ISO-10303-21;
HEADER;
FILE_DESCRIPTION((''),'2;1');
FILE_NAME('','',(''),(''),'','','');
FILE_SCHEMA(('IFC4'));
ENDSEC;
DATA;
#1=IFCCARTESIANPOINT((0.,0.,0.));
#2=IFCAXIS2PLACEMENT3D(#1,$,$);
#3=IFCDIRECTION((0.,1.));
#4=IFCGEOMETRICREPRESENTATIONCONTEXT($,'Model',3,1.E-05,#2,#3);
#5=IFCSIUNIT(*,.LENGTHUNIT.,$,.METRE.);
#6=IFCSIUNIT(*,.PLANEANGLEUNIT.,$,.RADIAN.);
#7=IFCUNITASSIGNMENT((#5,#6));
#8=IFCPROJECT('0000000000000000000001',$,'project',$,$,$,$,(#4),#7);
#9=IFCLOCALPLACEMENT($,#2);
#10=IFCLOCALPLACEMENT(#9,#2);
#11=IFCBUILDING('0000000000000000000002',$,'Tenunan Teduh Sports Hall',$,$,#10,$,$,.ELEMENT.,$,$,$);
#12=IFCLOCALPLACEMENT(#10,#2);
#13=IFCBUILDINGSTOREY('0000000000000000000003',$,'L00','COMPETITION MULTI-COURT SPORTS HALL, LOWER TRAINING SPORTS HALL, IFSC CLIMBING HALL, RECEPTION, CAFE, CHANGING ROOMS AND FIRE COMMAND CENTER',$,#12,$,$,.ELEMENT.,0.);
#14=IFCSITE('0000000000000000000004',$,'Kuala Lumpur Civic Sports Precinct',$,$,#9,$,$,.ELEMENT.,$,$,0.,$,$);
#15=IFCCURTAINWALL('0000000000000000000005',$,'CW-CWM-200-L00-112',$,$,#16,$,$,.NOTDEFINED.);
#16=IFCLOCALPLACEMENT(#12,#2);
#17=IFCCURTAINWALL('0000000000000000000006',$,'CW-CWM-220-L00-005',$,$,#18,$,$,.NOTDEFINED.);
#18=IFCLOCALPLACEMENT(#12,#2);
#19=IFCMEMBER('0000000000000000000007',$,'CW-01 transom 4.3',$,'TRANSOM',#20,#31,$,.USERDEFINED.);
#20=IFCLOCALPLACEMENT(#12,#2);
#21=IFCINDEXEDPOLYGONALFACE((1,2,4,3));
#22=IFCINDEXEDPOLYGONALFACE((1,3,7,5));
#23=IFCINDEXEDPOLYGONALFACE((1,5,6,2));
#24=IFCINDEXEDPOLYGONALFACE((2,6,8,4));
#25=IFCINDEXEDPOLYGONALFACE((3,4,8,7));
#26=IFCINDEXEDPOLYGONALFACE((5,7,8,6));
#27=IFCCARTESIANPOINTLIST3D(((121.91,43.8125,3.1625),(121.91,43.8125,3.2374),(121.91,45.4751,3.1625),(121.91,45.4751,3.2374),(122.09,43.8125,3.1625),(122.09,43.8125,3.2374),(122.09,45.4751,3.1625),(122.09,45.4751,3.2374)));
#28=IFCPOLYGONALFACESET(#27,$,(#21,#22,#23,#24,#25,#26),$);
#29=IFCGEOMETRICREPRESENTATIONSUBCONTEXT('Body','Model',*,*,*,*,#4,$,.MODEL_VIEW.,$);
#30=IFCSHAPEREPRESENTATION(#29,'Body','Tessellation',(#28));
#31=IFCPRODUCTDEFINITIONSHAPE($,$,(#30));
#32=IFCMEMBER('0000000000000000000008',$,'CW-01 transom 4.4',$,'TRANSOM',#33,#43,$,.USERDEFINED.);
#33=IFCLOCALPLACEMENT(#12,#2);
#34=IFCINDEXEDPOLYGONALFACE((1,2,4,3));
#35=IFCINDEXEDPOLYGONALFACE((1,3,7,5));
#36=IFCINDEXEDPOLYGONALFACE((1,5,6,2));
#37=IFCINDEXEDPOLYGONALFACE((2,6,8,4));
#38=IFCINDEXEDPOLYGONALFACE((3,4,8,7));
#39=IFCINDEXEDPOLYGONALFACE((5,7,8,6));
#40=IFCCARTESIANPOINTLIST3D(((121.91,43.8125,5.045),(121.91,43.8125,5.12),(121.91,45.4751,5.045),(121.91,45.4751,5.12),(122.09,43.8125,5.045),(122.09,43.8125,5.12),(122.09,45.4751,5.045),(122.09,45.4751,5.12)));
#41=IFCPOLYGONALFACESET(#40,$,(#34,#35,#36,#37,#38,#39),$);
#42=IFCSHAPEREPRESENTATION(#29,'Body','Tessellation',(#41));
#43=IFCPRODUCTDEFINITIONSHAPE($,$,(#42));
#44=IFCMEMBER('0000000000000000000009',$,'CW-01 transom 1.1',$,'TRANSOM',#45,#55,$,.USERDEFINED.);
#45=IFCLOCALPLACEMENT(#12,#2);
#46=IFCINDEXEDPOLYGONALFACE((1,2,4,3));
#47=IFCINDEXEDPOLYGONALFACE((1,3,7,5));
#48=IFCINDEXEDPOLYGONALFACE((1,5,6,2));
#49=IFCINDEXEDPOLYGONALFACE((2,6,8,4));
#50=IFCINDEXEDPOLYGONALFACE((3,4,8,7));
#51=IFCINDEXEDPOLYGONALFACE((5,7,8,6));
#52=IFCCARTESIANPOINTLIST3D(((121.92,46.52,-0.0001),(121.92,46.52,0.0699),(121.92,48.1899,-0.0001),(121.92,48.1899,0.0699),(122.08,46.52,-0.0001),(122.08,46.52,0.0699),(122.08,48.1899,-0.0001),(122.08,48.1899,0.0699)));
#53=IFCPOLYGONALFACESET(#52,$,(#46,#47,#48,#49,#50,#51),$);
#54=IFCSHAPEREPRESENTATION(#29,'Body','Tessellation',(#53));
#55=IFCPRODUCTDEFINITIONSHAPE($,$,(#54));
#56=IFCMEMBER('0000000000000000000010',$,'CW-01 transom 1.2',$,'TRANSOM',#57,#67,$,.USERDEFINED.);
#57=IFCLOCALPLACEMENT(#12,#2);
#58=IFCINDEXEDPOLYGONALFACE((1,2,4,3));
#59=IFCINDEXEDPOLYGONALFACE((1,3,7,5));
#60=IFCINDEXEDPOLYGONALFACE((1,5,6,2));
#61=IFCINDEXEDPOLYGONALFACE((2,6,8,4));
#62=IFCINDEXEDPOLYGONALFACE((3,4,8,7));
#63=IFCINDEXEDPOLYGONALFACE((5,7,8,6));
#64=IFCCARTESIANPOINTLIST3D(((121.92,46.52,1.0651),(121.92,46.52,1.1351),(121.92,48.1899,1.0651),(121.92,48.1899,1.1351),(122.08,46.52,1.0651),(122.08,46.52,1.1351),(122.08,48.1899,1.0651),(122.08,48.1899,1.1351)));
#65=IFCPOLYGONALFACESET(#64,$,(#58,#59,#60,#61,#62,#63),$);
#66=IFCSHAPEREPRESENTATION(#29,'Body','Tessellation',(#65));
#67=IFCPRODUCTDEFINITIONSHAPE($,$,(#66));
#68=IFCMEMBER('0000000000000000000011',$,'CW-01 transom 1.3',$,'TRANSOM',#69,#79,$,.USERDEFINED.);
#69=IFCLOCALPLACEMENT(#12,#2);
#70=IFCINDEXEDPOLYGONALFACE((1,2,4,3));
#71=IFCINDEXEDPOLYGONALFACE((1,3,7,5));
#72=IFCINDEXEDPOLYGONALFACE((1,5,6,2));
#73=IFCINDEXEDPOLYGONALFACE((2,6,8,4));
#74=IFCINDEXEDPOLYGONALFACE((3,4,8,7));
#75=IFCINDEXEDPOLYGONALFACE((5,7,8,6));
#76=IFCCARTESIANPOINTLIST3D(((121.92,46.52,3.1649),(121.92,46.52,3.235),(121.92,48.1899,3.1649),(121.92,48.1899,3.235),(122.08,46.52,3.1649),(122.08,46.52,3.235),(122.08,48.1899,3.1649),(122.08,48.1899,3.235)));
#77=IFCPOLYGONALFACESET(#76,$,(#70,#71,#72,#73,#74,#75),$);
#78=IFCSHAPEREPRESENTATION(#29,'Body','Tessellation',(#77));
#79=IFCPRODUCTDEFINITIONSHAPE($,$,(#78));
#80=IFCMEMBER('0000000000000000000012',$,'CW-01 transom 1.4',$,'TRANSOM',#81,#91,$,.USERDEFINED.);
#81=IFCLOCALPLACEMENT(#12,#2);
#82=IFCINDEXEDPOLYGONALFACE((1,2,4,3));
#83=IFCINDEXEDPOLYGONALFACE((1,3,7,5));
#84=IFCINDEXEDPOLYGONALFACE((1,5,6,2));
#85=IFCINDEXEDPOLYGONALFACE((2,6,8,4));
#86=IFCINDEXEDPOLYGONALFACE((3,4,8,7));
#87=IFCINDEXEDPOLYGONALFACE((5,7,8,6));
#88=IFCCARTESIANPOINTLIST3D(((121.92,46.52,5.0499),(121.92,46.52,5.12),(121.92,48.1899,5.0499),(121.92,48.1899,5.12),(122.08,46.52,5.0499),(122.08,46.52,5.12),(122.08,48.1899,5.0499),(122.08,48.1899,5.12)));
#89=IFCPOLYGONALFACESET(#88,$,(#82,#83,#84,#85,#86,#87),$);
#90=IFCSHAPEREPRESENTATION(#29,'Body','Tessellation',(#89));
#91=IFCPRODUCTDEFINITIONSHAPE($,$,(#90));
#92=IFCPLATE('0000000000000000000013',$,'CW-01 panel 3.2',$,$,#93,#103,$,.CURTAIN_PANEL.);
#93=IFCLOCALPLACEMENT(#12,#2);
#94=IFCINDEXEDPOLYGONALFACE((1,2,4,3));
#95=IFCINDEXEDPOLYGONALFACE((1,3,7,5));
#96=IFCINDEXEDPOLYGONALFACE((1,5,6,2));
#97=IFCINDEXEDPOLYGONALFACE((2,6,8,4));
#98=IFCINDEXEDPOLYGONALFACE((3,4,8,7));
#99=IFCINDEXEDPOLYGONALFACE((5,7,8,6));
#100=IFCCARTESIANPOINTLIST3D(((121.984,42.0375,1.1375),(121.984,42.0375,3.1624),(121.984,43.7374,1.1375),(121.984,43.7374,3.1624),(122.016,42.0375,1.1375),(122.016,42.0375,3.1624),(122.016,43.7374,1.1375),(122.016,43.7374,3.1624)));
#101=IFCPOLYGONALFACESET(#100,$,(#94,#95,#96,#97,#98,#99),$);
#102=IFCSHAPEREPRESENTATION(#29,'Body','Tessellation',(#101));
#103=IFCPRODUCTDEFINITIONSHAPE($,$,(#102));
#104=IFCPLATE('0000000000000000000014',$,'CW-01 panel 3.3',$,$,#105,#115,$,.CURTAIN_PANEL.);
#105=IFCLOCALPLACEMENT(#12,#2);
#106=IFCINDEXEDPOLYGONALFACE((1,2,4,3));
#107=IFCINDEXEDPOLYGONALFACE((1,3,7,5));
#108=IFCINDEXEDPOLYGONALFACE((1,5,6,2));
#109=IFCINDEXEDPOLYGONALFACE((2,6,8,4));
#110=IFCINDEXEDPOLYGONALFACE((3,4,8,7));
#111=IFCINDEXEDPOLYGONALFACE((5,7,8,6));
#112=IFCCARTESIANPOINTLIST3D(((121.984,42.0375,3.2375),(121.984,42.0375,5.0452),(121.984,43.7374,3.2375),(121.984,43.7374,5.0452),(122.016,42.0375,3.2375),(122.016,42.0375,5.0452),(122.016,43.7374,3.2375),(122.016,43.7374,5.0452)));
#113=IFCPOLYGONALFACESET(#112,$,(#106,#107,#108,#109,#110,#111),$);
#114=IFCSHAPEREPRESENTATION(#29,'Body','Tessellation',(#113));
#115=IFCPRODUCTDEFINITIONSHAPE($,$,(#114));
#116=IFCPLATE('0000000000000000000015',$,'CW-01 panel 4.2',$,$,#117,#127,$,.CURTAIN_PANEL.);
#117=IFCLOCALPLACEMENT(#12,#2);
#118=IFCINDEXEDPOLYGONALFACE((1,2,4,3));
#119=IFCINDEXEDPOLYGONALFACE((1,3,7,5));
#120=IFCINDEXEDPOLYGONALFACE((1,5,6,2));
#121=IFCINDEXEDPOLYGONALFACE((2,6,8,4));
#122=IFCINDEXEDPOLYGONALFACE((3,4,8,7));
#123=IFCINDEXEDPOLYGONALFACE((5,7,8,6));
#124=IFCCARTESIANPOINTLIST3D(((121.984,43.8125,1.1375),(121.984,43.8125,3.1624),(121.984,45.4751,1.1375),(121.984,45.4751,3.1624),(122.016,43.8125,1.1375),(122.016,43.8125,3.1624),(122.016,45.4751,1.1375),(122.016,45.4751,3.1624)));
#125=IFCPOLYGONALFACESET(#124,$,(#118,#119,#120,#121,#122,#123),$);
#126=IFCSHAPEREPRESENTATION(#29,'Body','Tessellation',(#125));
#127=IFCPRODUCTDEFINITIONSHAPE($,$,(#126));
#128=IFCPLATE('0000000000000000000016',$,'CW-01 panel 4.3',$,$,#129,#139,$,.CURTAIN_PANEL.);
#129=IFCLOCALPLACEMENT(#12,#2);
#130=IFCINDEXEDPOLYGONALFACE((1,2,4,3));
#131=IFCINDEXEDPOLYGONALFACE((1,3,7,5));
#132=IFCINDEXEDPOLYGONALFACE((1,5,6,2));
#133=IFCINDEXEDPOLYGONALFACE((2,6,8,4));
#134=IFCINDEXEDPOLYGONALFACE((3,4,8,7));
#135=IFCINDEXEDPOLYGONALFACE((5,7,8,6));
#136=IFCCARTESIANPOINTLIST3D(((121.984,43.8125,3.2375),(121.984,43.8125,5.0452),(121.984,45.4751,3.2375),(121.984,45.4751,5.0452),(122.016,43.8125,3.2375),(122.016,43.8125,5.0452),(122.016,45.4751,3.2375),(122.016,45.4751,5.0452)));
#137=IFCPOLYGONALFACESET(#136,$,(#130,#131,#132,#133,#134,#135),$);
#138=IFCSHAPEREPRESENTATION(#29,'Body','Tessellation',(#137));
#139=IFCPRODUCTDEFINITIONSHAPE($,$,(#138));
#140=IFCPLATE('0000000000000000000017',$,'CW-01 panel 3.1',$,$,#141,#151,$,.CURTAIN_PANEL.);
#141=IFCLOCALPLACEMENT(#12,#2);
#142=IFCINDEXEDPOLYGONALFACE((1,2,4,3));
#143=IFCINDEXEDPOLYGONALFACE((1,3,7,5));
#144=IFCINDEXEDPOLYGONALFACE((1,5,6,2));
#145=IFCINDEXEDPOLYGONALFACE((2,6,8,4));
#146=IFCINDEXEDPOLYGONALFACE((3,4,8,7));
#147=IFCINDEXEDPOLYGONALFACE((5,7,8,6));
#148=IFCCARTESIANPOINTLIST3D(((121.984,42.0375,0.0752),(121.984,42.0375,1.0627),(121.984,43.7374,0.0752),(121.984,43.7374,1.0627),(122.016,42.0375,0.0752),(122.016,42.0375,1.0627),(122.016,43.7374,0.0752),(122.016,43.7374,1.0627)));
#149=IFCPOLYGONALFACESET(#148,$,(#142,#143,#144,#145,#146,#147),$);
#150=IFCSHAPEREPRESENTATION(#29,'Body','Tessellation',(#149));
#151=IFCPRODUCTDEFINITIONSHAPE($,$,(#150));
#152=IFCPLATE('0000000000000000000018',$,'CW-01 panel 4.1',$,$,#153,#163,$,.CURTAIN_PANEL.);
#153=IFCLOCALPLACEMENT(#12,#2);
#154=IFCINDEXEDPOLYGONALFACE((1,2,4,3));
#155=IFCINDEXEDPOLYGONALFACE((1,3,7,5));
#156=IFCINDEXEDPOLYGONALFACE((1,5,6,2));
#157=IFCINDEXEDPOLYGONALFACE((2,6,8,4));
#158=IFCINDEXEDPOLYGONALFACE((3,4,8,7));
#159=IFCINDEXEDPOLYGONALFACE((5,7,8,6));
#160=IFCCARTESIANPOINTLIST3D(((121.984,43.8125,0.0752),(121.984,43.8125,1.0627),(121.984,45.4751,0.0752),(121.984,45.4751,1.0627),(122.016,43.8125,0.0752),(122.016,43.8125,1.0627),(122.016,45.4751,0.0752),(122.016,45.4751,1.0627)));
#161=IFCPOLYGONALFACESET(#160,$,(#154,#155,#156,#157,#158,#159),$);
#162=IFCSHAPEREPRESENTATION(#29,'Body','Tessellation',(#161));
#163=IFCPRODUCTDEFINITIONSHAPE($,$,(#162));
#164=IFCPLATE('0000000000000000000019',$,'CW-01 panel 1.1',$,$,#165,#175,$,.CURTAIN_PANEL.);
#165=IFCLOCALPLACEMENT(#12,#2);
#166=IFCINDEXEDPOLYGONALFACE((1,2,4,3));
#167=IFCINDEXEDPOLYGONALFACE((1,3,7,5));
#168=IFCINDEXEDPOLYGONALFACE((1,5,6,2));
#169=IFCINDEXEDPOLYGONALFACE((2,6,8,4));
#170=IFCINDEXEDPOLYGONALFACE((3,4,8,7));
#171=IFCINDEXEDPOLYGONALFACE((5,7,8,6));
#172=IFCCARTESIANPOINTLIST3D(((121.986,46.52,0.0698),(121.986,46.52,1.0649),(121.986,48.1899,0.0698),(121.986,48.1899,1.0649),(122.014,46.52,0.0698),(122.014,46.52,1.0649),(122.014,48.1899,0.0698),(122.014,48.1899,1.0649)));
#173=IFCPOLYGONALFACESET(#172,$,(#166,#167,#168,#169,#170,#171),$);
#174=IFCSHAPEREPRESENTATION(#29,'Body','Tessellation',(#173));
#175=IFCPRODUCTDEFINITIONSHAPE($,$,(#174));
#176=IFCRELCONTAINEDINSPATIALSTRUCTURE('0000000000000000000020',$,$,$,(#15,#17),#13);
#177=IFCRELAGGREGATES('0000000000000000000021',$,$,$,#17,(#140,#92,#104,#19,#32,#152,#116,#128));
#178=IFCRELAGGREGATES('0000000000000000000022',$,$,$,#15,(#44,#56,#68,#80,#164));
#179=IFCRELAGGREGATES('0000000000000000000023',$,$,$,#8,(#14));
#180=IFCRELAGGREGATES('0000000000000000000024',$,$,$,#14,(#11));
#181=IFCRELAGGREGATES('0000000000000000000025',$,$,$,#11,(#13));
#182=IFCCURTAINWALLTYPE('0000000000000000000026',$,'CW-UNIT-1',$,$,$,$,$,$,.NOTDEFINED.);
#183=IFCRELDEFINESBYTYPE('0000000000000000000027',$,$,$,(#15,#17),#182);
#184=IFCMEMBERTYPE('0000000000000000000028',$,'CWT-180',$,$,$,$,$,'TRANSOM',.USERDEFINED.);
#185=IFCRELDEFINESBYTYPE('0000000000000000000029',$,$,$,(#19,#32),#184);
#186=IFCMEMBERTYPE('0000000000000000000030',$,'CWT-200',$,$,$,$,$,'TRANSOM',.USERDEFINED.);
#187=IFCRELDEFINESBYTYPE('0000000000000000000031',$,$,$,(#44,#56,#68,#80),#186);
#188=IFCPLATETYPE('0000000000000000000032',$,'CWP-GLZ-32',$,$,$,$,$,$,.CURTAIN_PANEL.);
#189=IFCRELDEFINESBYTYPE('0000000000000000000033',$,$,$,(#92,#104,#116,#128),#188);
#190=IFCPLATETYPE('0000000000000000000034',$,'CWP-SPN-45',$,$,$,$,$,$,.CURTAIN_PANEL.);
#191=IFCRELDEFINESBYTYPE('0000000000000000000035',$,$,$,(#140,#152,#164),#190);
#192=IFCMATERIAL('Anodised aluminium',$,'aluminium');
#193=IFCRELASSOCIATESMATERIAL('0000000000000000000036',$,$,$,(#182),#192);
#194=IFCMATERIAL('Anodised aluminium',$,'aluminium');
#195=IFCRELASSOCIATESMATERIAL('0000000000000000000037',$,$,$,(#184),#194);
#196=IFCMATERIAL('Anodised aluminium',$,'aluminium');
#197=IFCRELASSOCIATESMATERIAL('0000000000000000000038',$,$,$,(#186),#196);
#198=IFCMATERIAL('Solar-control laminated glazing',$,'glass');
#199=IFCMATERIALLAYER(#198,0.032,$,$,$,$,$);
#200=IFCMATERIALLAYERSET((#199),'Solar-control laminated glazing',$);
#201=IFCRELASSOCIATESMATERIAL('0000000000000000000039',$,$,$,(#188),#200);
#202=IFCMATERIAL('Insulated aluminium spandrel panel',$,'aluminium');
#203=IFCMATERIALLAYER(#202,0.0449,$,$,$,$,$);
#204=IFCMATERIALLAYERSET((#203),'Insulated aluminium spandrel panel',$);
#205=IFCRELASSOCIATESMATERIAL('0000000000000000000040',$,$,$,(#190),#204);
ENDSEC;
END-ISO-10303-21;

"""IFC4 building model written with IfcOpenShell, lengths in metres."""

from ifc_helpers import new_model, si_unit, direction, frame, origin, origin_2d, place, context, subcontext, project, spatial, rectangle, extrude, material, layer, layer_set, material_profile, profile_set, type_object, element, aggregate, save


model = new_model("IFC4")

# Units and contexts
model_context = context("Model", 3, precision=1e-05, world=origin(), true_north=direction((0.0, 1.0)))
body_context = subcontext(model_context, "Body", "Model", "MODEL_VIEW")
ifc_project = project(units=[si_unit("LENGTHUNIT", "METRE"), si_unit("PLANEANGLEUNIT", "RADIAN")], contexts=[model_context])

# Site, building, storey
site_placement = place(None, origin())
site = spatial("IfcSite", under=ifc_project, at=site_placement, Name="Kuala Lumpur Civic Sports Precinct", CompositionType="ELEMENT", RefElevation=0.0)
building_placement = place(site_placement, origin())
building = spatial("IfcBuilding", under=site, at=building_placement, Name="Tenunan Teduh Sports Hall", CompositionType="ELEMENT")
storey_placement = place(building_placement, origin())
storey = spatial("IfcBuildingStorey", under=building, at=storey_placement, Name="L00", Description="COMPETITION MULTI-COURT SPORTS HALL, LOWER TRAINING SPORTS HALL, IFSC CLIMBING HALL, RECEPTION, CAFE, CHANGING ROOMS AND FIRE COMMAND CENTER", CompositionType="ELEMENT", Elevation=0.0)

# Curtain wall
ifc_material_1 = material(Name="Anodised aluminium", Category="aluminium")
curtain_wall_type = type_object("IfcCurtainWallType", Name="CW-UNIT-1", PredefinedType="NOTDEFINED", material=ifc_material_1)
curtain_wall_1_placement = place(storey_placement, origin())
curtain_wall_1 = element("IfcCurtainWall", 1, at=curtain_wall_1_placement, inside=storey, type_object=curtain_wall_type, Name="CW-CWM-200-L00-112", PredefinedType="NOTDEFINED")

# Curtain wall, members
curtain_wall_2_placement = place(storey_placement, origin())
curtain_wall_2 = element("IfcCurtainWall", 2, at=curtain_wall_2_placement, inside=storey, type_object=curtain_wall_type, Name="CW-CWM-220-L00-005", PredefinedType="NOTDEFINED")
ifc_material_2 = material(Name="Anodised aluminium", Category="aluminium")
ifc_material_profile_1 = material_profile(ifc_material_2, rectangle(XDim=0.075, YDim=0.1799, at=origin_2d()), Name="CWT 75x180")
ifc_profile_set_1 = profile_set([ifc_material_profile_1], Name="Anodised aluminium")
member_type_1 = type_object("IfcMemberType", Name="CWT-180", ElementType="TRANSOM", PredefinedType="USERDEFINED", material=ifc_profile_set_1)
member_1_placement = place(storey_placement, frame((122.0, 43.8125, 3.2), z_axis=(0.0, 1.0, 0.0), x_axis=(0.0, 0.0, 1.0)))
member_1 = element("IfcMember", 3, at=member_1_placement, type_object=member_type_1, Name="CW-01 transom 4.3", ObjectType="TRANSOM", PredefinedType="USERDEFINED", context=body_context, shape_type="SweptSolid", body=[
    extrude(rectangle(XDim=0.075, YDim=0.1799, at=origin_2d()), origin(), (0.0, 0.0, 1.0), 1.6626),
])
member_2_placement = place(storey_placement, frame((122.0, 43.8125, 5.0825), z_axis=(0.0, 1.0, 0.0), x_axis=(0.0, 0.0, 1.0)))
member_2 = element("IfcMember", 4, at=member_2_placement, type_object=member_type_1, Name="CW-01 transom 4.4", ObjectType="TRANSOM", PredefinedType="USERDEFINED", context=body_context, shape_type="SweptSolid", body=[
    extrude(rectangle(XDim=0.075, YDim=0.1799, at=origin_2d()), origin(), (0.0, 0.0, 1.0), 1.6626),
])

# Members
ifc_material_3 = material(Name="Anodised aluminium", Category="aluminium")
ifc_material_profile_2 = material_profile(ifc_material_3, rectangle(XDim=0.0701, YDim=0.1599, at=origin_2d()), Name="CWT 70x160")
ifc_profile_set_2 = profile_set([ifc_material_profile_2], Name="Anodised aluminium")
member_type_2 = type_object("IfcMemberType", Name="CWT-200", ElementType="TRANSOM", PredefinedType="USERDEFINED", material=ifc_profile_set_2)
member_3_placement = place(storey_placement, frame((122.0, 46.52, 0.0349), z_axis=(0.0, 1.0, 0.0), x_axis=(0.0, 0.0, 1.0)))
member_3 = element("IfcMember", 5, at=member_3_placement, type_object=member_type_2, Name="CW-01 transom 1.1", ObjectType="TRANSOM", PredefinedType="USERDEFINED", context=body_context, shape_type="SweptSolid", body=[
    extrude(rectangle(XDim=0.0701, YDim=0.1599, at=origin_2d()), origin(), (0.0, 0.0, 1.0), 1.6699),
])
member_4_placement = place(storey_placement, frame((122.0, 46.52, 1.1001), z_axis=(0.0, 1.0, 0.0), x_axis=(0.0, 0.0, 1.0)))
member_4 = element("IfcMember", 6, at=member_4_placement, type_object=member_type_2, Name="CW-01 transom 1.2", ObjectType="TRANSOM", PredefinedType="USERDEFINED", context=body_context, shape_type="SweptSolid", body=[
    extrude(rectangle(XDim=0.0701, YDim=0.1599, at=origin_2d()), origin(), (0.0, 0.0, 1.0), 1.6699),
])
member_5_placement = place(storey_placement, frame((122.0, 46.52, 3.2), z_axis=(0.0, 1.0, 0.0), x_axis=(0.0, 0.0, 1.0)))
member_5 = element("IfcMember", 7, at=member_5_placement, type_object=member_type_2, Name="CW-01 transom 1.3", ObjectType="TRANSOM", PredefinedType="USERDEFINED", context=body_context, shape_type="SweptSolid", body=[
    extrude(rectangle(XDim=0.0701, YDim=0.1599, at=origin_2d()), origin(), (0.0, 0.0, 1.0), 1.6699),
])
member_6_placement = place(storey_placement, frame((122.0, 46.52, 5.085), z_axis=(0.0, 1.0, 0.0), x_axis=(0.0, 0.0, 1.0)))
member_6 = element("IfcMember", 8, at=member_6_placement, type_object=member_type_2, Name="CW-01 transom 1.4", ObjectType="TRANSOM", PredefinedType="USERDEFINED", context=body_context, shape_type="SweptSolid", body=[
    extrude(rectangle(XDim=0.0701, YDim=0.1599, at=origin_2d()), origin(), (0.0, 0.0, 1.0), 1.6699),
])

# Plates
ifc_material_4 = material(Name="Solar-control laminated glazing", Category="glass")
ifc_layer_1 = layer(ifc_material_4, 0.032)
ifc_layer_set_1 = layer_set([ifc_layer_1], Name="Solar-control laminated glazing")
plate_type_1 = type_object("IfcPlateType", Name="CWP-GLZ-32", PredefinedType="CURTAIN_PANEL", material=ifc_layer_set_1)
plate_1_placement = place(storey_placement, frame((122.0, 42.8875, 1.1375), z_axis=(0.0, 0.0, 1.0), x_axis=(0.0, 1.0, 0.0)))
plate_1 = element("IfcPlate", 9, at=plate_1_placement, type_object=plate_type_1, Name="CW-01 panel 3.2", PredefinedType="CURTAIN_PANEL", context=body_context, shape_type="SweptSolid", body=[
    extrude(rectangle(XDim=1.7, YDim=0.032, at=origin_2d()), origin(), (0.0, 0.0, 1.0), 2.0249),
])
plate_2_placement = place(storey_placement, frame((122.0, 42.8875, 3.2375), z_axis=(0.0, 0.0, 1.0), x_axis=(0.0, 1.0, 0.0)))
plate_2 = element("IfcPlate", 10, at=plate_2_placement, type_object=plate_type_1, Name="CW-01 panel 3.3", PredefinedType="CURTAIN_PANEL", context=body_context, shape_type="SweptSolid", body=[
    extrude(rectangle(XDim=1.7, YDim=0.032, at=origin_2d()), origin(), (0.0, 0.0, 1.0), 1.8076),
])
plate_3_placement = place(storey_placement, frame((122.0, 44.6438, 1.1375), z_axis=(0.0, 0.0, 1.0), x_axis=(0.0, 1.0, 0.0)))
plate_3 = element("IfcPlate", 11, at=plate_3_placement, type_object=plate_type_1, Name="CW-01 panel 4.2", PredefinedType="CURTAIN_PANEL", context=body_context, shape_type="SweptSolid", body=[
    extrude(rectangle(XDim=1.6626, YDim=0.032, at=origin_2d()), origin(), (0.0, 0.0, 1.0), 2.0249),
])
plate_4_placement = place(storey_placement, frame((122.0, 44.6438, 3.2375), z_axis=(0.0, 0.0, 1.0), x_axis=(0.0, 1.0, 0.0)))
plate_4 = element("IfcPlate", 12, at=plate_4_placement, type_object=plate_type_1, Name="CW-01 panel 4.3", PredefinedType="CURTAIN_PANEL", context=body_context, shape_type="SweptSolid", body=[
    extrude(rectangle(XDim=1.6626, YDim=0.032, at=origin_2d()), origin(), (0.0, 0.0, 1.0), 1.8076),
])
ifc_material_5 = material(Name="Insulated aluminium spandrel panel", Category="aluminium")
ifc_layer_2 = layer(ifc_material_5, 0.0449)
ifc_layer_set_2 = layer_set([ifc_layer_2], Name="Insulated aluminium spandrel panel")
plate_type_2 = type_object("IfcPlateType", Name="CWP-SPN-45", PredefinedType="CURTAIN_PANEL", material=ifc_layer_set_2)
plate_5_placement = place(storey_placement, frame((122.0, 42.8875, 0.0752), z_axis=(0.0, 0.0, 1.0), x_axis=(0.0, 1.0, 0.0)))
plate_5 = element("IfcPlate", 13, at=plate_5_placement, type_object=plate_type_2, Name="CW-01 panel 3.1", PredefinedType="CURTAIN_PANEL", context=body_context, shape_type="SweptSolid", body=[
    extrude(rectangle(XDim=1.7, YDim=0.032, at=origin_2d()), origin(), (0.0, 0.0, 1.0), 0.9875),
])
plate_6_placement = place(storey_placement, frame((122.0, 44.6438, 0.0752), z_axis=(0.0, 0.0, 1.0), x_axis=(0.0, 1.0, 0.0)))
plate_6 = element("IfcPlate", 14, at=plate_6_placement, type_object=plate_type_2, Name="CW-01 panel 4.1", PredefinedType="CURTAIN_PANEL", context=body_context, shape_type="SweptSolid", body=[
    extrude(rectangle(XDim=1.6626, YDim=0.032, at=origin_2d()), origin(), (0.0, 0.0, 1.0), 0.9875),
])
aggregate(curtain_wall_2, [plate_5, plate_1, plate_2, member_1, member_2, plate_6, plate_3, plate_4])
plate_7_placement = place(storey_placement, frame((122.0, 47.355, 0.0698), z_axis=(0.0, 0.0, 1.0), x_axis=(0.0, 1.0, 0.0)))
plate_7 = element("IfcPlate", 15, at=plate_7_placement, type_object=plate_type_2, Name="CW-01 panel 1.1", PredefinedType="CURTAIN_PANEL", context=body_context, shape_type="SweptSolid", body=[
    extrude(rectangle(XDim=1.6699, YDim=0.0281, at=origin_2d()), origin(), (0.0, 0.0, 1.0), 0.9951),
])
aggregate(curtain_wall_1, [member_3, member_4, member_5, member_6, plate_7])

save(model, "model.ifc")
